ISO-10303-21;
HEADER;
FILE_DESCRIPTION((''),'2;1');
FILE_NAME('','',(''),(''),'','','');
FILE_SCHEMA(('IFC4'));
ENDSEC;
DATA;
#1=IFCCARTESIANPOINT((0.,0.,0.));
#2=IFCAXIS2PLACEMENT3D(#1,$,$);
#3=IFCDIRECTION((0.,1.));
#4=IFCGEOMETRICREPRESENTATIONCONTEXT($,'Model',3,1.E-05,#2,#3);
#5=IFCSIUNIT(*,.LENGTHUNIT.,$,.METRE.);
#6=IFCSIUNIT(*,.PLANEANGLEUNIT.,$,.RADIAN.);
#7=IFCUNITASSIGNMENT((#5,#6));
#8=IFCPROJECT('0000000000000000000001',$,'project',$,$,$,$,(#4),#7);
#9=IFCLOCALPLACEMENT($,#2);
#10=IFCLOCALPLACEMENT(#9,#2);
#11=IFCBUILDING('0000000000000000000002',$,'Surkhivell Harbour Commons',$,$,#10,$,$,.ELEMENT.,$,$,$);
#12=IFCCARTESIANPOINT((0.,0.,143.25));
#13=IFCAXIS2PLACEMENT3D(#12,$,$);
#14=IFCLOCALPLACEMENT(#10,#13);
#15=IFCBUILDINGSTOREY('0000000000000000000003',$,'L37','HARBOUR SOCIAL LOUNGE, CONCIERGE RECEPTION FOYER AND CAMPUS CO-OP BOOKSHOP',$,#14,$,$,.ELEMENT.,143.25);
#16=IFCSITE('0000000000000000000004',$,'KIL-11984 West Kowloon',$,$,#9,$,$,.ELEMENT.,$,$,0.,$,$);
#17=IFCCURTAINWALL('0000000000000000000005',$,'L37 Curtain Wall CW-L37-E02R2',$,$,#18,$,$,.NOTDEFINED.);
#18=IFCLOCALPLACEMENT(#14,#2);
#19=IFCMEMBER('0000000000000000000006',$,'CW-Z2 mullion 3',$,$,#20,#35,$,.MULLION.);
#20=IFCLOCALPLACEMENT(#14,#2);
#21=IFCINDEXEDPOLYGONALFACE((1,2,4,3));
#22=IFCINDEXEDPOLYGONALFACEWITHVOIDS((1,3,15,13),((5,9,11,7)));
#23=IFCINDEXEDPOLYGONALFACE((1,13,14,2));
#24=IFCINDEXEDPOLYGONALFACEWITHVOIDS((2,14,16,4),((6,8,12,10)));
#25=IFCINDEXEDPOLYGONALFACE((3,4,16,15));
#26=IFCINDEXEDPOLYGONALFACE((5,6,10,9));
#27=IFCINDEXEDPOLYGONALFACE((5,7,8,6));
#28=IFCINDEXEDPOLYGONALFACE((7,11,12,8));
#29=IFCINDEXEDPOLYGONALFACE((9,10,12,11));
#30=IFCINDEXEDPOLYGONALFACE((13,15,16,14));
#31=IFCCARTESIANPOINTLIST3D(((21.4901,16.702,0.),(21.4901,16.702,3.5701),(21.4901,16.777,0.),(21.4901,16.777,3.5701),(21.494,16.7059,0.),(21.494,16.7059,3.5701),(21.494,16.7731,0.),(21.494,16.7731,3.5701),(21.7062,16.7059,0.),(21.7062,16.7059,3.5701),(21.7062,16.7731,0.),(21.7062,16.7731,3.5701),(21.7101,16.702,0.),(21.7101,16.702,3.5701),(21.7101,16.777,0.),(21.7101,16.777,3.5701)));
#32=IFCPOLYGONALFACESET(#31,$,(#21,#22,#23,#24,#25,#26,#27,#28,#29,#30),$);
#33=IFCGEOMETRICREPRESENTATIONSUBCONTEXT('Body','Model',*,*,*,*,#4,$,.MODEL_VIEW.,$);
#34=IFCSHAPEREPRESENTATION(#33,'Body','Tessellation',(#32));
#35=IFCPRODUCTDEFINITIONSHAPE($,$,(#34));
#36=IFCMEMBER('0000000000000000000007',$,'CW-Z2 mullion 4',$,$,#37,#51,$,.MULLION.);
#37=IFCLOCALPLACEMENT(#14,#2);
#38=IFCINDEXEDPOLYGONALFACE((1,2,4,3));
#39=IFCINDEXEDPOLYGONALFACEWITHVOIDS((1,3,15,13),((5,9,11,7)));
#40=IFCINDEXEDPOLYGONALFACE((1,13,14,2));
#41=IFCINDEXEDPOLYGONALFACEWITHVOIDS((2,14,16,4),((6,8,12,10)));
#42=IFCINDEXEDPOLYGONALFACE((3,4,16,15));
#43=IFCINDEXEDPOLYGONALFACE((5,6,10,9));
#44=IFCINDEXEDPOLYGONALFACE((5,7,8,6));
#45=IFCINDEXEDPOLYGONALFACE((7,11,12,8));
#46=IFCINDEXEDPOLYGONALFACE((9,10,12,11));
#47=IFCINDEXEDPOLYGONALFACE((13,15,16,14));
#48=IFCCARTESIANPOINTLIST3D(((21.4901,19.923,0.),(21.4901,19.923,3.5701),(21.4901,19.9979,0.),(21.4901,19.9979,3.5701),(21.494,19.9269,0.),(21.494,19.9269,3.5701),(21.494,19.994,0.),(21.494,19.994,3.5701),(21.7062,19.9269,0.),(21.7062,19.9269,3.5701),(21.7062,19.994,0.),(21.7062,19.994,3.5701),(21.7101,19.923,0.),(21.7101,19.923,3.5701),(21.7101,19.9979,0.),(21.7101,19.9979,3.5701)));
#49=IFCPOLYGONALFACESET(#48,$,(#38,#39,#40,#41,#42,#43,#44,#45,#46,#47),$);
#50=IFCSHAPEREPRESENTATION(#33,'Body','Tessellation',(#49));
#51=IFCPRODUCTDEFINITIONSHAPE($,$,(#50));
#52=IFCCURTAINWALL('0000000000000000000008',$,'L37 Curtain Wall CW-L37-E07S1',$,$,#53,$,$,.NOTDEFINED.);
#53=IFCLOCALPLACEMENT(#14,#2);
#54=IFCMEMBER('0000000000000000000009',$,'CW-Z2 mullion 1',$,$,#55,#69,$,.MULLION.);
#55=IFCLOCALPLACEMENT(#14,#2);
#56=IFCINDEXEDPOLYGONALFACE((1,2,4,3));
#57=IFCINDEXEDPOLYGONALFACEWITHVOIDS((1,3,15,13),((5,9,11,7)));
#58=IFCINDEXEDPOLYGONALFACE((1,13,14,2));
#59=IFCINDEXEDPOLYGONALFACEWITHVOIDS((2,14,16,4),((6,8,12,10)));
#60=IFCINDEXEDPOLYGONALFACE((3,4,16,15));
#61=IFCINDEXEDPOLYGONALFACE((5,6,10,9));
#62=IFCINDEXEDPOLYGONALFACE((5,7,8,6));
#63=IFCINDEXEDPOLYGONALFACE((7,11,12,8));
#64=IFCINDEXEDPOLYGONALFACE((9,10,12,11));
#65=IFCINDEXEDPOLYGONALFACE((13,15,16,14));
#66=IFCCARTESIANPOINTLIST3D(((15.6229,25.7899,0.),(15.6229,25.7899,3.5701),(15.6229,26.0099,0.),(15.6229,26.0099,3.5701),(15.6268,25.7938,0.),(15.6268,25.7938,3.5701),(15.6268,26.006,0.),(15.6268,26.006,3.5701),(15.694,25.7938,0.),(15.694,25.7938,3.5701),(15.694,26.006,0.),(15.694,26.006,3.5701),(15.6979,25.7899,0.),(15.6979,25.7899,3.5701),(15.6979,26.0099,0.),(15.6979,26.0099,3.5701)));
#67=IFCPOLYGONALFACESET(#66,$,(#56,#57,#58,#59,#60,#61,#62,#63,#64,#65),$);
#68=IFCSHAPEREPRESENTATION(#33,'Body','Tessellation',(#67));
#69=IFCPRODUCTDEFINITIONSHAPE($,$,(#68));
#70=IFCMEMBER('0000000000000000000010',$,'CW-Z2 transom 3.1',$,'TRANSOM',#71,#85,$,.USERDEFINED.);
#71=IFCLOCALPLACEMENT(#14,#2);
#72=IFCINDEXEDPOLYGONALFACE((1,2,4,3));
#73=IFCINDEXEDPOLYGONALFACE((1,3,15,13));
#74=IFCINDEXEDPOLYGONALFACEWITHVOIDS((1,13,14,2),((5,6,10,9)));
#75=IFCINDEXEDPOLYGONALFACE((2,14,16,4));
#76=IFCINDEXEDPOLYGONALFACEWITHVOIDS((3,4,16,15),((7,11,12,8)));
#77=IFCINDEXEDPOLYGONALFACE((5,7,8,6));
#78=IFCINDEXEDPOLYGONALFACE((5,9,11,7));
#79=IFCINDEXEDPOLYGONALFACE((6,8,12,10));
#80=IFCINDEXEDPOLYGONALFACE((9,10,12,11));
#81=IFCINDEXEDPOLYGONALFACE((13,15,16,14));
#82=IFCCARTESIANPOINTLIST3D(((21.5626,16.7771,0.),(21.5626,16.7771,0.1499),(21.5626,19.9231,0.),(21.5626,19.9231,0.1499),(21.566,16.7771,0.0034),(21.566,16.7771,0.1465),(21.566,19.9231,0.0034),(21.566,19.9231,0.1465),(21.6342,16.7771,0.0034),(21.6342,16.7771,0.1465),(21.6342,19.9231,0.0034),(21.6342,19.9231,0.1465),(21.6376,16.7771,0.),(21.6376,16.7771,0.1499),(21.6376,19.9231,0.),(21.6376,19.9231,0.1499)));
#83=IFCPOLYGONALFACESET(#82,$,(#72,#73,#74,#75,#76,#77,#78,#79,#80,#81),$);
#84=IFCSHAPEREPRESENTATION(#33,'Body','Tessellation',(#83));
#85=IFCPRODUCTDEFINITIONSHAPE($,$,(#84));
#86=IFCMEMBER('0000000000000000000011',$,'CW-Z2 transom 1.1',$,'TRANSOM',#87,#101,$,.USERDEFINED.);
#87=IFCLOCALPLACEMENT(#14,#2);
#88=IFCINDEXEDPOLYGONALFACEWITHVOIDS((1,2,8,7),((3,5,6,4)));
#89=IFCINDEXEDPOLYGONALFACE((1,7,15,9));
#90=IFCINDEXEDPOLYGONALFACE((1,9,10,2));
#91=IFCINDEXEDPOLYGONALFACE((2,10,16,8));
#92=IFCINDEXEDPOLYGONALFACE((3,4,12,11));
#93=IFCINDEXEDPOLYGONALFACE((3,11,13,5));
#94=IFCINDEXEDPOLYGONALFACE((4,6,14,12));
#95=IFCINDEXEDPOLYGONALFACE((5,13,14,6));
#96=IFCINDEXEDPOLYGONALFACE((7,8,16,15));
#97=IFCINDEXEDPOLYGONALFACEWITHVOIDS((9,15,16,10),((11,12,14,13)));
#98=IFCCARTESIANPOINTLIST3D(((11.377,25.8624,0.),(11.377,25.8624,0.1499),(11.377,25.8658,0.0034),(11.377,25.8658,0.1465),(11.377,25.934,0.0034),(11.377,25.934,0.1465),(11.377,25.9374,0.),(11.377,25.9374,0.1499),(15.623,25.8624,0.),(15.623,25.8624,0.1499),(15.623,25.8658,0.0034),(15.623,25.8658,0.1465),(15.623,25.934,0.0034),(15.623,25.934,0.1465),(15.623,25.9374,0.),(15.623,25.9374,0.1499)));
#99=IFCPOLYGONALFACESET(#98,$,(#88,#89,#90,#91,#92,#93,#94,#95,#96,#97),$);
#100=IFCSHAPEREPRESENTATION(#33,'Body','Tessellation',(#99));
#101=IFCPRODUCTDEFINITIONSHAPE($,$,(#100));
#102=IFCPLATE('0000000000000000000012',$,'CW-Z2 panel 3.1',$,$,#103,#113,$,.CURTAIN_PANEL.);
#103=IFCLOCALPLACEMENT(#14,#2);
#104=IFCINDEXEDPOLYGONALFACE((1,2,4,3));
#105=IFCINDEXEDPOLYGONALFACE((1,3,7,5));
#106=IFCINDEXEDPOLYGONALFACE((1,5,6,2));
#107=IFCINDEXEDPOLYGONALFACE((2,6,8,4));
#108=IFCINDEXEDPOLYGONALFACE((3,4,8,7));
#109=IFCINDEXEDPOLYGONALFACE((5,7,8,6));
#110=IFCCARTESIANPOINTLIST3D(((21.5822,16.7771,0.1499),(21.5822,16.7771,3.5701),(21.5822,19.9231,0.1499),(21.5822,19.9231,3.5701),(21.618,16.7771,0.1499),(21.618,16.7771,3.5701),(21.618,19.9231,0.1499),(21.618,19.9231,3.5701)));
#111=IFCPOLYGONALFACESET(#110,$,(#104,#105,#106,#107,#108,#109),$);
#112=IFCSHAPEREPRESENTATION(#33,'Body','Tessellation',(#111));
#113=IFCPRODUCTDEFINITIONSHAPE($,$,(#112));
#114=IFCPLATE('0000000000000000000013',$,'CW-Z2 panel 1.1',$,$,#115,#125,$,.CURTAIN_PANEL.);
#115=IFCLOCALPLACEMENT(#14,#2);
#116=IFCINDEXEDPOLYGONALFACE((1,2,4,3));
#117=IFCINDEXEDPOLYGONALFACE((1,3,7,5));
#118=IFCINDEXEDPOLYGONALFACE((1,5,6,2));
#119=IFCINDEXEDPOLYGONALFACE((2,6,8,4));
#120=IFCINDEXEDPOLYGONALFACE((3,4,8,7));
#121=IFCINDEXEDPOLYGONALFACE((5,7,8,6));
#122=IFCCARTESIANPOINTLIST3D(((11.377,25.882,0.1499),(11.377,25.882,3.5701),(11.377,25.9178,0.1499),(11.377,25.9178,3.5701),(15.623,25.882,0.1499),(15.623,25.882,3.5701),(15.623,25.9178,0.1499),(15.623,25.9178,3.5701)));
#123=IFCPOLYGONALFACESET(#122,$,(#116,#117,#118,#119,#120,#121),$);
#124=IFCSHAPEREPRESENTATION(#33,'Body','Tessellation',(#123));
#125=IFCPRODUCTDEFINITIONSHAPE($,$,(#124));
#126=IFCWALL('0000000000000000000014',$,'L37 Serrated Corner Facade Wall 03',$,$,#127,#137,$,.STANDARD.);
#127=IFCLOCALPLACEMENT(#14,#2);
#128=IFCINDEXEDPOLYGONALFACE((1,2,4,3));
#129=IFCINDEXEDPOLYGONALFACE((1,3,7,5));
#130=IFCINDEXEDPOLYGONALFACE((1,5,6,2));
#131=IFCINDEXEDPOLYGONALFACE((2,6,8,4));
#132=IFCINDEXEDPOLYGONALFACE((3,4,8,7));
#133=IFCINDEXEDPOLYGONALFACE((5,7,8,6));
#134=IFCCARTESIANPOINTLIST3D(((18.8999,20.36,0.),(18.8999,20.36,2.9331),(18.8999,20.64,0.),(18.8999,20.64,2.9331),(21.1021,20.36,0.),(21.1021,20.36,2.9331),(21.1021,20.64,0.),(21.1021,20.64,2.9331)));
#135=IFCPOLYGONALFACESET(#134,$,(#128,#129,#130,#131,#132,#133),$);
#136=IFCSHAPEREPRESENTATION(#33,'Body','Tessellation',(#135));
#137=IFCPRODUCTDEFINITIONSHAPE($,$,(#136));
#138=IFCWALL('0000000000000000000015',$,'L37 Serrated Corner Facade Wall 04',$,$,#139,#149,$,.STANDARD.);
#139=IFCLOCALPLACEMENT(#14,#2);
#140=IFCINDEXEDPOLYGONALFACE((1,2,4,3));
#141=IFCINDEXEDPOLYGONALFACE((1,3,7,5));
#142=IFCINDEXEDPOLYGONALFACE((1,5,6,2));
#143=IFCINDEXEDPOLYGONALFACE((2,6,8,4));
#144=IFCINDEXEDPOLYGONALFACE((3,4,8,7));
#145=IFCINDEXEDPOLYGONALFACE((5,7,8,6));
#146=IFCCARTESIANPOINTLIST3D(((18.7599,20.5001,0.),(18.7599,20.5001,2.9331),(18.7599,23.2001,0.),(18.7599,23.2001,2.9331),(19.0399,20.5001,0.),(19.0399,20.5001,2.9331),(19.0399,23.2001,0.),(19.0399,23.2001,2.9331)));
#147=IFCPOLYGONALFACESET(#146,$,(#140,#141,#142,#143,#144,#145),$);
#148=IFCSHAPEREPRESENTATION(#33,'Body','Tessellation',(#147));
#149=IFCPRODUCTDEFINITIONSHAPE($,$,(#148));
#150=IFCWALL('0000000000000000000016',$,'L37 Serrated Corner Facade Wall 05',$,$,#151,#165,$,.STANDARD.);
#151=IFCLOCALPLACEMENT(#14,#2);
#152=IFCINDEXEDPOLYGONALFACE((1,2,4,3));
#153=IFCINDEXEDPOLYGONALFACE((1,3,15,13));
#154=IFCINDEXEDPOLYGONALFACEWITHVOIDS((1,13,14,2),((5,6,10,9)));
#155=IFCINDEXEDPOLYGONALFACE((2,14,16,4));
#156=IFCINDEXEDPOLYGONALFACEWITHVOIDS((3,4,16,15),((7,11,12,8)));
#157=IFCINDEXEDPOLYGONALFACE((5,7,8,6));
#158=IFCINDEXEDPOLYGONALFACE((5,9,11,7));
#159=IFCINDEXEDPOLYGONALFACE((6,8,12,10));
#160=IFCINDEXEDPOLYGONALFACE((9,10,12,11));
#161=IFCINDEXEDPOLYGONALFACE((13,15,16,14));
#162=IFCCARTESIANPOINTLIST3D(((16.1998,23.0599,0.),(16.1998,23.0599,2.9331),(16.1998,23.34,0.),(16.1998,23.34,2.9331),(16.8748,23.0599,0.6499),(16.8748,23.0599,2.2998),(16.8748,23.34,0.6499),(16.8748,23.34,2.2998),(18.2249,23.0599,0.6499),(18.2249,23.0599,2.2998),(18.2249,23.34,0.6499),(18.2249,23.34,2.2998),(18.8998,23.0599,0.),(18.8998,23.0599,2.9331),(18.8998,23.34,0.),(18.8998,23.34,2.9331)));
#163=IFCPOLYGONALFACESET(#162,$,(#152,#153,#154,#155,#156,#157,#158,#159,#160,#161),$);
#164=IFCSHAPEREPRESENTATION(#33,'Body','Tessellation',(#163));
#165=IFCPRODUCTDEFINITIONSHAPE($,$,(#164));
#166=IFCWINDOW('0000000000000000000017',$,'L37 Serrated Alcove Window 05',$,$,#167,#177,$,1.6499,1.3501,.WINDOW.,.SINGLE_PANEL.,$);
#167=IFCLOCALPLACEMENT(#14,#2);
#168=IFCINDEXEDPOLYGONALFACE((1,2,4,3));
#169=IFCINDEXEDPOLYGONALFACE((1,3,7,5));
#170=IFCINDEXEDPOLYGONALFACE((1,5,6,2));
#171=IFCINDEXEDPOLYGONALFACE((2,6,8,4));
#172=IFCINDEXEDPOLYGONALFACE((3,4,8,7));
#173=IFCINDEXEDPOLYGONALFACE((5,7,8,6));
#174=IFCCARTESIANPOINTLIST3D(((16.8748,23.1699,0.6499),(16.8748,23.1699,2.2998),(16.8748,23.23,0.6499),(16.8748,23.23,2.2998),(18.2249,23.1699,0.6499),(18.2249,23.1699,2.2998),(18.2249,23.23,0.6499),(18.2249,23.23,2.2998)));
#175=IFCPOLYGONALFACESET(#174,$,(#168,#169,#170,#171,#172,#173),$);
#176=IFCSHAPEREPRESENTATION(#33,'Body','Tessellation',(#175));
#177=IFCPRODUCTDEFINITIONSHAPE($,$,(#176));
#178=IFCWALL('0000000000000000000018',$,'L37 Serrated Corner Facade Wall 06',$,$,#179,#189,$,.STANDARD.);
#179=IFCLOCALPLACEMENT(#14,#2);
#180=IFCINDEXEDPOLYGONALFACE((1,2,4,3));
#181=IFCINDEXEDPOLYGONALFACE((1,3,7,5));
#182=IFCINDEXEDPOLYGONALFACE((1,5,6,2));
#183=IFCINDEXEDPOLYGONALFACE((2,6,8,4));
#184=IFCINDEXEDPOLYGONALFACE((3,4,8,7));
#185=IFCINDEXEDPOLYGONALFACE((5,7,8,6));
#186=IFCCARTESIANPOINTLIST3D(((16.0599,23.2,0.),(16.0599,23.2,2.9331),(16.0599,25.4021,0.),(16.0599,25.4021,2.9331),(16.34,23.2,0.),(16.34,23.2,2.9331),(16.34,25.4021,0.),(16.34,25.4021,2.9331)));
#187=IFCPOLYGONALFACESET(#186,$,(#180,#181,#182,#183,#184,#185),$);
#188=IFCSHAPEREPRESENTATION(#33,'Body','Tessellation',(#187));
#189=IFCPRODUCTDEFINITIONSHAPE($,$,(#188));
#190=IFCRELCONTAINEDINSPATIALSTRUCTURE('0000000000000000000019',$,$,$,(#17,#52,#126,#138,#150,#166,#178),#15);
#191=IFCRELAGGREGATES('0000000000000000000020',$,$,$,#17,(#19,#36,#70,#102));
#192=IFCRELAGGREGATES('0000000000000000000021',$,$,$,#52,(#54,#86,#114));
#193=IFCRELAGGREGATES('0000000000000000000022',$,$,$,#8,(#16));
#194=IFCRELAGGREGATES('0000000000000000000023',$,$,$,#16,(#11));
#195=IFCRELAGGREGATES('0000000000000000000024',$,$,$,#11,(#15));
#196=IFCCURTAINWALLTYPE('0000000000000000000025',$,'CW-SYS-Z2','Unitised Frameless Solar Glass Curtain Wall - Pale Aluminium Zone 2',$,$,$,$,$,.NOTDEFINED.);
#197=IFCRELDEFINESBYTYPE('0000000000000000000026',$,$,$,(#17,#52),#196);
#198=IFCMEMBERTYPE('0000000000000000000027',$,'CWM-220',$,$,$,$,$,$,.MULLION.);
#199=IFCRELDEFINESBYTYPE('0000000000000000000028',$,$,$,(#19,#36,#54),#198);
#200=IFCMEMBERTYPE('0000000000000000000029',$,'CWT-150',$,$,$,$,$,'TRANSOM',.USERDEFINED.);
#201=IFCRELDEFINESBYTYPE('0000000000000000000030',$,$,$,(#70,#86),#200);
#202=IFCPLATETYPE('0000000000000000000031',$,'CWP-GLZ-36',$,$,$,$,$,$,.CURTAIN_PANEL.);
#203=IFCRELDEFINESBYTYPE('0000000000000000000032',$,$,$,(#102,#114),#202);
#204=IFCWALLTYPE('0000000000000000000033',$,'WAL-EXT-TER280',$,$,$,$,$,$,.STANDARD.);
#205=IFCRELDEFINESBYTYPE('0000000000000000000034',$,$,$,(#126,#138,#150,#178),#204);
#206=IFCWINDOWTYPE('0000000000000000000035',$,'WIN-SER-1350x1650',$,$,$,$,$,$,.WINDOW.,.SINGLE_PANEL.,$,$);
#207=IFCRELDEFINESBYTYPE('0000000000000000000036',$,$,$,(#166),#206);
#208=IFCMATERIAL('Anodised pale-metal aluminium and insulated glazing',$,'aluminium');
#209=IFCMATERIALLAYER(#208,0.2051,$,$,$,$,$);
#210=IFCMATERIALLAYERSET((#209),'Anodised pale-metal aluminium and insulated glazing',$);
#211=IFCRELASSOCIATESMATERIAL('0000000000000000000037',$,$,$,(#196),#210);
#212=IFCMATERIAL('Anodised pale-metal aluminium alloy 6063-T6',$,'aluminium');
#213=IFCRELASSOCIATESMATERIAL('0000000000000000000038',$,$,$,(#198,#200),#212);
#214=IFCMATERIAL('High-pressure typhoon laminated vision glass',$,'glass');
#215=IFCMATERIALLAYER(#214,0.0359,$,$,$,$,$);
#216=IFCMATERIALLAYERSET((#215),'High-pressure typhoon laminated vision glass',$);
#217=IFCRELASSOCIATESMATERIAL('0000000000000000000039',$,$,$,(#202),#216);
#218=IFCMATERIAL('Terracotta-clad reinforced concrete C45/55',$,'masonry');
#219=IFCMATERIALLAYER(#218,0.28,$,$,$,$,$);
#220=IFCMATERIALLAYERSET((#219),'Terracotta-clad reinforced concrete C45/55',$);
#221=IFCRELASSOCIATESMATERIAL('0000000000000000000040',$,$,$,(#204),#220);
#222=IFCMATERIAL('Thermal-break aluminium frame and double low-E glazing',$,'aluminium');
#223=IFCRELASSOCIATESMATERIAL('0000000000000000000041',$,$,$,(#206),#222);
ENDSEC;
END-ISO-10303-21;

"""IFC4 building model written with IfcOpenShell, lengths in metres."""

from ifc_helpers import new_model, si_unit, direction, frame, frame_2d, origin, origin_2d, place, context, subcontext, project, spatial, rectangle, hollow_rectangle, extrude, material, layer, layer_set, material_profile, profile_set, type_object, element, fill, aggregate, save


model = new_model("IFC4")

# Units and contexts
model_context = context("Model", 3, precision=1e-05, world=origin(), true_north=direction((0.0, 1.0)))
body_context = subcontext(model_context, "Body", "Model", "MODEL_VIEW")
ifc_project = project(units=[si_unit("LENGTHUNIT", "METRE"), si_unit("PLANEANGLEUNIT", "RADIAN")], contexts=[model_context])

# Site, building, storey
site_placement = place(None, origin())
site = spatial("IfcSite", under=ifc_project, at=site_placement, Name="KIL-11984 West Kowloon", CompositionType="ELEMENT", RefElevation=0.0)
building_placement = place(site_placement, origin())
building = spatial("IfcBuilding", under=site, at=building_placement, Name="Surkhivell Harbour Commons", CompositionType="ELEMENT")
storey_placement = place(building_placement, frame((0.0, 0.0, 143.25)))
storey = spatial("IfcBuildingStorey", under=building, at=storey_placement, Name="L37", Description="HARBOUR SOCIAL LOUNGE, CONCIERGE RECEPTION FOYER AND CAMPUS CO-OP BOOKSHOP", CompositionType="ELEMENT", Elevation=143.25)

# Curtain wall, members
ifc_material_1 = material(Name="Anodised pale-metal aluminium and insulated glazing", Category="aluminium")
ifc_layer_1 = layer(ifc_material_1, 0.2051)
ifc_layer_set_1 = layer_set([ifc_layer_1], Name="Anodised pale-metal aluminium and insulated glazing")
curtain_wall_type = type_object("IfcCurtainWallType", Name="CW-SYS-Z2", Description="Unitised Frameless Solar Glass Curtain Wall - Pale Aluminium Zone 2", PredefinedType="NOTDEFINED", material=ifc_layer_set_1)
curtain_wall_1_placement = place(storey_placement, origin())
curtain_wall_1 = element("IfcCurtainWall", 1, at=curtain_wall_1_placement, inside=storey, type_object=curtain_wall_type, Name="L37 Curtain Wall CW-L37-E02R2", PredefinedType="NOTDEFINED")
ifc_material_2 = material(Name="Anodised pale-metal aluminium alloy 6063-T6", Category="aluminium")
ifc_material_profile_1 = material_profile(ifc_material_2, hollow_rectangle(XDim=0.075, YDim=0.22, WallThickness=0.0039, at=origin_2d()), Name="ALU-MULL-75x220")
ifc_profile_set_1 = profile_set([ifc_material_profile_1], Name="Anodised pale-metal aluminium alloy 6063-T6")
member_type_1 = type_object("IfcMemberType", Name="CWM-220", PredefinedType="MULLION", material=ifc_profile_set_1)
member_1_placement = place(storey_placement, frame((21.6001, 16.7395, 0.0), z_axis=(0.0, 0.0, 1.0), x_axis=(0.0, 1.0, 0.0)))
member_1 = element("IfcMember", 2, at=member_1_placement, type_object=member_type_1, Name="CW-Z2 mullion 3", PredefinedType="MULLION", context=body_context, shape_type="SweptSolid", body=[
    extrude(hollow_rectangle(XDim=0.075, YDim=0.22, WallThickness=0.0039, at=origin_2d()), origin(), (0.0, 0.0, 1.0), 3.5701),
])
member_2_placement = place(storey_placement, frame((21.6001, 19.9604, 0.0), z_axis=(0.0, 0.0, 1.0), x_axis=(0.0, 1.0, 0.0)))
member_2 = element("IfcMember", 3, at=member_2_placement, type_object=member_type_1, Name="CW-Z2 mullion 4", PredefinedType="MULLION", context=body_context, shape_type="SweptSolid", body=[
    extrude(hollow_rectangle(XDim=0.075, YDim=0.22, WallThickness=0.0039, at=origin_2d()), origin(), (0.0, 0.0, 1.0), 3.5701),
])

# Curtain wall, member
curtain_wall_2_placement = place(storey_placement, origin())
curtain_wall_2 = element("IfcCurtainWall", 4, at=curtain_wall_2_placement, inside=storey, type_object=curtain_wall_type, Name="L37 Curtain Wall CW-L37-E07S1", PredefinedType="NOTDEFINED")
member_3_placement = place(storey_placement, frame((15.6604, 25.8999, 0.0), z_axis=(0.0, 0.0, 1.0), x_axis=(-1.0, 0.0, 0.0)))
member_3 = element("IfcMember", 5, at=member_3_placement, type_object=member_type_1, Name="CW-Z2 mullion 1", PredefinedType="MULLION", context=body_context, shape_type="SweptSolid", body=[
    extrude(hollow_rectangle(XDim=0.075, YDim=0.22, WallThickness=0.0039, at=origin_2d()), origin(), (0.0, 0.0, 1.0), 3.5701),
])

# Members
ifc_material_profile_2 = material_profile(ifc_material_2, hollow_rectangle(XDim=0.075, YDim=0.1499, WallThickness=0.0034, at=origin_2d()), Name="ALU-TRAN-75x150")
ifc_profile_set_2 = profile_set([ifc_material_profile_2], Name="Anodised pale-metal aluminium alloy 6063-T6")
member_type_2 = type_object("IfcMemberType", Name="CWT-150", ElementType="TRANSOM", PredefinedType="USERDEFINED", material=ifc_profile_set_2)
member_4_placement = place(storey_placement, frame((21.6001, 16.7771, 0.075), z_axis=(0.0, 1.0, 0.0), x_axis=(-1.0, 0.0, 0.0)))
member_4 = element("IfcMember", 6, at=member_4_placement, type_object=member_type_2, Name="CW-Z2 transom 3.1", ObjectType="TRANSOM", PredefinedType="USERDEFINED", context=body_context, shape_type="SweptSolid", body=[
    extrude(hollow_rectangle(XDim=0.075, YDim=0.1499, WallThickness=0.0034, at=origin_2d()), origin(), (0.0, 0.0, 1.0), 3.146),
])
member_5_placement = place(storey_placement, frame((15.623, 25.8999, 0.075), z_axis=(-1.0, 0.0, 0.0), x_axis=(0.0, -1.0, 0.0)))
member_5 = element("IfcMember", 7, at=member_5_placement, type_object=member_type_2, Name="CW-Z2 transom 1.1", ObjectType="TRANSOM", PredefinedType="USERDEFINED", context=body_context, shape_type="SweptSolid", body=[
    extrude(hollow_rectangle(XDim=0.075, YDim=0.1499, WallThickness=0.0034, at=origin_2d()), origin(), (0.0, 0.0, 1.0), 4.2461),
])

# Plates
ifc_material_3 = material(Name="High-pressure typhoon laminated vision glass", Category="glass")
ifc_layer_2 = layer(ifc_material_3, 0.0359)
ifc_layer_set_2 = layer_set([ifc_layer_2], Name="High-pressure typhoon laminated vision glass")
plate_type = type_object("IfcPlateType", Name="CWP-GLZ-36", PredefinedType="CURTAIN_PANEL", material=ifc_layer_set_2)
plate_1_placement = place(storey_placement, frame((21.6001, 16.7771, 0.1499), z_axis=(0.0, 0.0, 1.0), x_axis=(0.0, 1.0, 0.0)))
plate_1 = element("IfcPlate", 8, at=plate_1_placement, type_object=plate_type, Name="CW-Z2 panel 3.1", PredefinedType="CURTAIN_PANEL", context=body_context, shape_type="SweptSolid", body=[
    extrude(rectangle(XDim=3.146, YDim=0.0359, at=frame_2d((1.573, 0.0))), origin(), (0.0, 0.0, 1.0), 3.4202),
])
aggregate(curtain_wall_1, [member_1, member_2, member_4, plate_1])
plate_2_placement = place(storey_placement, frame((15.623, 25.8999, 0.1499), z_axis=(0.0, 0.0, 1.0), x_axis=(-1.0, 0.0, 0.0)))
plate_2 = element("IfcPlate", 9, at=plate_2_placement, type_object=plate_type, Name="CW-Z2 panel 1.1", PredefinedType="CURTAIN_PANEL", context=body_context, shape_type="SweptSolid", body=[
    extrude(rectangle(XDim=4.2461, YDim=0.0359, at=frame_2d((2.123, 0.0))), origin(), (0.0, 0.0, 1.0), 3.4202),
])
aggregate(curtain_wall_2, [member_3, member_5, plate_2])

# Walls
ifc_material_4 = material(Name="Terracotta-clad reinforced concrete C45/55", Category="masonry")
ifc_layer_3 = layer(ifc_material_4, 0.28)
ifc_layer_set_3 = layer_set([ifc_layer_3], Name="Terracotta-clad reinforced concrete C45/55")
wall_type_1 = type_object("IfcWallType", Name="WAL-EXT-TER280", PredefinedType="STANDARD", material=ifc_layer_set_3)
wall_1_placement = place(storey_placement, frame((21.1021, 20.5, 0.0), z_axis=(0.0, 0.0, 1.0), x_axis=(-1.0, 0.0, 0.0)))
element("IfcWall", 10, at=wall_1_placement, inside=storey, type_object=wall_type_1, Name="L37 Serrated Corner Facade Wall 03", PredefinedType="STANDARD", context=body_context, shape_type="SweptSolid", body=[
    extrude(rectangle(XDim=2.2021, YDim=0.28, at=frame_2d((1.1011, 0.0))), origin(), (0.0, 0.0, 1.0), 2.9331),
])
wall_2_placement = place(storey_placement, frame((18.8999, 20.5, 0.0), z_axis=(0.0, 0.0, 1.0), x_axis=(0.0, 1.0, 0.0)))
element("IfcWall", 11, at=wall_2_placement, inside=storey, type_object=wall_type_1, Name="L37 Serrated Corner Facade Wall 04", PredefinedType="STANDARD", context=body_context, shape_type="SweptSolid", body=[
    extrude(rectangle(XDim=2.7, YDim=0.28, at=frame_2d((1.3501, 0.0))), origin(), (0.0, 0.0, 1.0), 2.9331),
])

# Wall, opening, window
wall_3_placement = place(storey_placement, frame((18.8999, 23.2, 0.0), z_axis=(0.0, 0.0, 1.0), x_axis=(-1.0, 0.0, 0.0)))
wall_3 = element("IfcWall", 12, at=wall_3_placement, inside=storey, type_object=wall_type_1, Name="L37 Serrated Corner Facade Wall 05", PredefinedType="STANDARD", context=body_context, shape_type="SweptSolid", body=[
    extrude(rectangle(XDim=2.7, YDim=0.28, at=frame_2d((1.3501, 0.0))), origin(), (0.0, 0.0, 1.0), 2.9331),
])
opening_placement = place(wall_3_placement, frame((0.675, 0.0, 0.6499)))
opening = element("IfcOpeningElement", 13, at=opening_placement, cuts=wall_3, PredefinedType="OPENING", context=body_context, shape_type="SweptSolid", body=[
    extrude(rectangle(XDim=1.3501, YDim=1.6499, at=frame_2d((0.675, 0.825))), frame((0.0, 0.1499, 0.0), z_axis=(0.0, -1.0, 0.0), x_axis=(1.0, 0.0, 0.0)), (0.0, 0.0, 1.0), 0.3),
])
ifc_material_5 = material(Name="Thermal-break aluminium frame and double low-E glazing", Category="aluminium")
window_type = type_object("IfcWindowType", Name="WIN-SER-1350x1650", PartitioningType="SINGLE_PANEL", PredefinedType="WINDOW", material=ifc_material_5)
window_placement = place(opening_placement, origin())
window = element("IfcWindow", 14, at=window_placement, inside=storey, type_object=window_type, Name="L37 Serrated Alcove Window 05", OverallHeight=1.6499, OverallWidth=1.3501, PartitioningType="SINGLE_PANEL", PredefinedType="WINDOW", context=body_context, shape_type="SweptSolid", body=[
    extrude(rectangle(XDim=1.3501, YDim=1.6499, at=frame_2d((0.675, 0.825))), frame((0.0, 0.03, 0.0), z_axis=(0.0, -1.0, 0.0), x_axis=(1.0, 0.0, 0.0)), (0.0, 0.0, 1.0), 0.0601),
])
fill(opening, window)

# Wall
wall_4_placement = place(storey_placement, frame((16.2, 23.2, 0.0), z_axis=(0.0, 0.0, 1.0), x_axis=(0.0, 1.0, 0.0)))
element("IfcWall", 15, at=wall_4_placement, inside=storey, type_object=wall_type_1, Name="L37 Serrated Corner Facade Wall 06", PredefinedType="STANDARD", context=body_context, shape_type="SweptSolid", body=[
    extrude(rectangle(XDim=2.2021, YDim=0.28, at=frame_2d((1.1011, 0.0))), origin(), (0.0, 0.0, 1.0), 2.9331),
])

save(model, "model.ifc")
